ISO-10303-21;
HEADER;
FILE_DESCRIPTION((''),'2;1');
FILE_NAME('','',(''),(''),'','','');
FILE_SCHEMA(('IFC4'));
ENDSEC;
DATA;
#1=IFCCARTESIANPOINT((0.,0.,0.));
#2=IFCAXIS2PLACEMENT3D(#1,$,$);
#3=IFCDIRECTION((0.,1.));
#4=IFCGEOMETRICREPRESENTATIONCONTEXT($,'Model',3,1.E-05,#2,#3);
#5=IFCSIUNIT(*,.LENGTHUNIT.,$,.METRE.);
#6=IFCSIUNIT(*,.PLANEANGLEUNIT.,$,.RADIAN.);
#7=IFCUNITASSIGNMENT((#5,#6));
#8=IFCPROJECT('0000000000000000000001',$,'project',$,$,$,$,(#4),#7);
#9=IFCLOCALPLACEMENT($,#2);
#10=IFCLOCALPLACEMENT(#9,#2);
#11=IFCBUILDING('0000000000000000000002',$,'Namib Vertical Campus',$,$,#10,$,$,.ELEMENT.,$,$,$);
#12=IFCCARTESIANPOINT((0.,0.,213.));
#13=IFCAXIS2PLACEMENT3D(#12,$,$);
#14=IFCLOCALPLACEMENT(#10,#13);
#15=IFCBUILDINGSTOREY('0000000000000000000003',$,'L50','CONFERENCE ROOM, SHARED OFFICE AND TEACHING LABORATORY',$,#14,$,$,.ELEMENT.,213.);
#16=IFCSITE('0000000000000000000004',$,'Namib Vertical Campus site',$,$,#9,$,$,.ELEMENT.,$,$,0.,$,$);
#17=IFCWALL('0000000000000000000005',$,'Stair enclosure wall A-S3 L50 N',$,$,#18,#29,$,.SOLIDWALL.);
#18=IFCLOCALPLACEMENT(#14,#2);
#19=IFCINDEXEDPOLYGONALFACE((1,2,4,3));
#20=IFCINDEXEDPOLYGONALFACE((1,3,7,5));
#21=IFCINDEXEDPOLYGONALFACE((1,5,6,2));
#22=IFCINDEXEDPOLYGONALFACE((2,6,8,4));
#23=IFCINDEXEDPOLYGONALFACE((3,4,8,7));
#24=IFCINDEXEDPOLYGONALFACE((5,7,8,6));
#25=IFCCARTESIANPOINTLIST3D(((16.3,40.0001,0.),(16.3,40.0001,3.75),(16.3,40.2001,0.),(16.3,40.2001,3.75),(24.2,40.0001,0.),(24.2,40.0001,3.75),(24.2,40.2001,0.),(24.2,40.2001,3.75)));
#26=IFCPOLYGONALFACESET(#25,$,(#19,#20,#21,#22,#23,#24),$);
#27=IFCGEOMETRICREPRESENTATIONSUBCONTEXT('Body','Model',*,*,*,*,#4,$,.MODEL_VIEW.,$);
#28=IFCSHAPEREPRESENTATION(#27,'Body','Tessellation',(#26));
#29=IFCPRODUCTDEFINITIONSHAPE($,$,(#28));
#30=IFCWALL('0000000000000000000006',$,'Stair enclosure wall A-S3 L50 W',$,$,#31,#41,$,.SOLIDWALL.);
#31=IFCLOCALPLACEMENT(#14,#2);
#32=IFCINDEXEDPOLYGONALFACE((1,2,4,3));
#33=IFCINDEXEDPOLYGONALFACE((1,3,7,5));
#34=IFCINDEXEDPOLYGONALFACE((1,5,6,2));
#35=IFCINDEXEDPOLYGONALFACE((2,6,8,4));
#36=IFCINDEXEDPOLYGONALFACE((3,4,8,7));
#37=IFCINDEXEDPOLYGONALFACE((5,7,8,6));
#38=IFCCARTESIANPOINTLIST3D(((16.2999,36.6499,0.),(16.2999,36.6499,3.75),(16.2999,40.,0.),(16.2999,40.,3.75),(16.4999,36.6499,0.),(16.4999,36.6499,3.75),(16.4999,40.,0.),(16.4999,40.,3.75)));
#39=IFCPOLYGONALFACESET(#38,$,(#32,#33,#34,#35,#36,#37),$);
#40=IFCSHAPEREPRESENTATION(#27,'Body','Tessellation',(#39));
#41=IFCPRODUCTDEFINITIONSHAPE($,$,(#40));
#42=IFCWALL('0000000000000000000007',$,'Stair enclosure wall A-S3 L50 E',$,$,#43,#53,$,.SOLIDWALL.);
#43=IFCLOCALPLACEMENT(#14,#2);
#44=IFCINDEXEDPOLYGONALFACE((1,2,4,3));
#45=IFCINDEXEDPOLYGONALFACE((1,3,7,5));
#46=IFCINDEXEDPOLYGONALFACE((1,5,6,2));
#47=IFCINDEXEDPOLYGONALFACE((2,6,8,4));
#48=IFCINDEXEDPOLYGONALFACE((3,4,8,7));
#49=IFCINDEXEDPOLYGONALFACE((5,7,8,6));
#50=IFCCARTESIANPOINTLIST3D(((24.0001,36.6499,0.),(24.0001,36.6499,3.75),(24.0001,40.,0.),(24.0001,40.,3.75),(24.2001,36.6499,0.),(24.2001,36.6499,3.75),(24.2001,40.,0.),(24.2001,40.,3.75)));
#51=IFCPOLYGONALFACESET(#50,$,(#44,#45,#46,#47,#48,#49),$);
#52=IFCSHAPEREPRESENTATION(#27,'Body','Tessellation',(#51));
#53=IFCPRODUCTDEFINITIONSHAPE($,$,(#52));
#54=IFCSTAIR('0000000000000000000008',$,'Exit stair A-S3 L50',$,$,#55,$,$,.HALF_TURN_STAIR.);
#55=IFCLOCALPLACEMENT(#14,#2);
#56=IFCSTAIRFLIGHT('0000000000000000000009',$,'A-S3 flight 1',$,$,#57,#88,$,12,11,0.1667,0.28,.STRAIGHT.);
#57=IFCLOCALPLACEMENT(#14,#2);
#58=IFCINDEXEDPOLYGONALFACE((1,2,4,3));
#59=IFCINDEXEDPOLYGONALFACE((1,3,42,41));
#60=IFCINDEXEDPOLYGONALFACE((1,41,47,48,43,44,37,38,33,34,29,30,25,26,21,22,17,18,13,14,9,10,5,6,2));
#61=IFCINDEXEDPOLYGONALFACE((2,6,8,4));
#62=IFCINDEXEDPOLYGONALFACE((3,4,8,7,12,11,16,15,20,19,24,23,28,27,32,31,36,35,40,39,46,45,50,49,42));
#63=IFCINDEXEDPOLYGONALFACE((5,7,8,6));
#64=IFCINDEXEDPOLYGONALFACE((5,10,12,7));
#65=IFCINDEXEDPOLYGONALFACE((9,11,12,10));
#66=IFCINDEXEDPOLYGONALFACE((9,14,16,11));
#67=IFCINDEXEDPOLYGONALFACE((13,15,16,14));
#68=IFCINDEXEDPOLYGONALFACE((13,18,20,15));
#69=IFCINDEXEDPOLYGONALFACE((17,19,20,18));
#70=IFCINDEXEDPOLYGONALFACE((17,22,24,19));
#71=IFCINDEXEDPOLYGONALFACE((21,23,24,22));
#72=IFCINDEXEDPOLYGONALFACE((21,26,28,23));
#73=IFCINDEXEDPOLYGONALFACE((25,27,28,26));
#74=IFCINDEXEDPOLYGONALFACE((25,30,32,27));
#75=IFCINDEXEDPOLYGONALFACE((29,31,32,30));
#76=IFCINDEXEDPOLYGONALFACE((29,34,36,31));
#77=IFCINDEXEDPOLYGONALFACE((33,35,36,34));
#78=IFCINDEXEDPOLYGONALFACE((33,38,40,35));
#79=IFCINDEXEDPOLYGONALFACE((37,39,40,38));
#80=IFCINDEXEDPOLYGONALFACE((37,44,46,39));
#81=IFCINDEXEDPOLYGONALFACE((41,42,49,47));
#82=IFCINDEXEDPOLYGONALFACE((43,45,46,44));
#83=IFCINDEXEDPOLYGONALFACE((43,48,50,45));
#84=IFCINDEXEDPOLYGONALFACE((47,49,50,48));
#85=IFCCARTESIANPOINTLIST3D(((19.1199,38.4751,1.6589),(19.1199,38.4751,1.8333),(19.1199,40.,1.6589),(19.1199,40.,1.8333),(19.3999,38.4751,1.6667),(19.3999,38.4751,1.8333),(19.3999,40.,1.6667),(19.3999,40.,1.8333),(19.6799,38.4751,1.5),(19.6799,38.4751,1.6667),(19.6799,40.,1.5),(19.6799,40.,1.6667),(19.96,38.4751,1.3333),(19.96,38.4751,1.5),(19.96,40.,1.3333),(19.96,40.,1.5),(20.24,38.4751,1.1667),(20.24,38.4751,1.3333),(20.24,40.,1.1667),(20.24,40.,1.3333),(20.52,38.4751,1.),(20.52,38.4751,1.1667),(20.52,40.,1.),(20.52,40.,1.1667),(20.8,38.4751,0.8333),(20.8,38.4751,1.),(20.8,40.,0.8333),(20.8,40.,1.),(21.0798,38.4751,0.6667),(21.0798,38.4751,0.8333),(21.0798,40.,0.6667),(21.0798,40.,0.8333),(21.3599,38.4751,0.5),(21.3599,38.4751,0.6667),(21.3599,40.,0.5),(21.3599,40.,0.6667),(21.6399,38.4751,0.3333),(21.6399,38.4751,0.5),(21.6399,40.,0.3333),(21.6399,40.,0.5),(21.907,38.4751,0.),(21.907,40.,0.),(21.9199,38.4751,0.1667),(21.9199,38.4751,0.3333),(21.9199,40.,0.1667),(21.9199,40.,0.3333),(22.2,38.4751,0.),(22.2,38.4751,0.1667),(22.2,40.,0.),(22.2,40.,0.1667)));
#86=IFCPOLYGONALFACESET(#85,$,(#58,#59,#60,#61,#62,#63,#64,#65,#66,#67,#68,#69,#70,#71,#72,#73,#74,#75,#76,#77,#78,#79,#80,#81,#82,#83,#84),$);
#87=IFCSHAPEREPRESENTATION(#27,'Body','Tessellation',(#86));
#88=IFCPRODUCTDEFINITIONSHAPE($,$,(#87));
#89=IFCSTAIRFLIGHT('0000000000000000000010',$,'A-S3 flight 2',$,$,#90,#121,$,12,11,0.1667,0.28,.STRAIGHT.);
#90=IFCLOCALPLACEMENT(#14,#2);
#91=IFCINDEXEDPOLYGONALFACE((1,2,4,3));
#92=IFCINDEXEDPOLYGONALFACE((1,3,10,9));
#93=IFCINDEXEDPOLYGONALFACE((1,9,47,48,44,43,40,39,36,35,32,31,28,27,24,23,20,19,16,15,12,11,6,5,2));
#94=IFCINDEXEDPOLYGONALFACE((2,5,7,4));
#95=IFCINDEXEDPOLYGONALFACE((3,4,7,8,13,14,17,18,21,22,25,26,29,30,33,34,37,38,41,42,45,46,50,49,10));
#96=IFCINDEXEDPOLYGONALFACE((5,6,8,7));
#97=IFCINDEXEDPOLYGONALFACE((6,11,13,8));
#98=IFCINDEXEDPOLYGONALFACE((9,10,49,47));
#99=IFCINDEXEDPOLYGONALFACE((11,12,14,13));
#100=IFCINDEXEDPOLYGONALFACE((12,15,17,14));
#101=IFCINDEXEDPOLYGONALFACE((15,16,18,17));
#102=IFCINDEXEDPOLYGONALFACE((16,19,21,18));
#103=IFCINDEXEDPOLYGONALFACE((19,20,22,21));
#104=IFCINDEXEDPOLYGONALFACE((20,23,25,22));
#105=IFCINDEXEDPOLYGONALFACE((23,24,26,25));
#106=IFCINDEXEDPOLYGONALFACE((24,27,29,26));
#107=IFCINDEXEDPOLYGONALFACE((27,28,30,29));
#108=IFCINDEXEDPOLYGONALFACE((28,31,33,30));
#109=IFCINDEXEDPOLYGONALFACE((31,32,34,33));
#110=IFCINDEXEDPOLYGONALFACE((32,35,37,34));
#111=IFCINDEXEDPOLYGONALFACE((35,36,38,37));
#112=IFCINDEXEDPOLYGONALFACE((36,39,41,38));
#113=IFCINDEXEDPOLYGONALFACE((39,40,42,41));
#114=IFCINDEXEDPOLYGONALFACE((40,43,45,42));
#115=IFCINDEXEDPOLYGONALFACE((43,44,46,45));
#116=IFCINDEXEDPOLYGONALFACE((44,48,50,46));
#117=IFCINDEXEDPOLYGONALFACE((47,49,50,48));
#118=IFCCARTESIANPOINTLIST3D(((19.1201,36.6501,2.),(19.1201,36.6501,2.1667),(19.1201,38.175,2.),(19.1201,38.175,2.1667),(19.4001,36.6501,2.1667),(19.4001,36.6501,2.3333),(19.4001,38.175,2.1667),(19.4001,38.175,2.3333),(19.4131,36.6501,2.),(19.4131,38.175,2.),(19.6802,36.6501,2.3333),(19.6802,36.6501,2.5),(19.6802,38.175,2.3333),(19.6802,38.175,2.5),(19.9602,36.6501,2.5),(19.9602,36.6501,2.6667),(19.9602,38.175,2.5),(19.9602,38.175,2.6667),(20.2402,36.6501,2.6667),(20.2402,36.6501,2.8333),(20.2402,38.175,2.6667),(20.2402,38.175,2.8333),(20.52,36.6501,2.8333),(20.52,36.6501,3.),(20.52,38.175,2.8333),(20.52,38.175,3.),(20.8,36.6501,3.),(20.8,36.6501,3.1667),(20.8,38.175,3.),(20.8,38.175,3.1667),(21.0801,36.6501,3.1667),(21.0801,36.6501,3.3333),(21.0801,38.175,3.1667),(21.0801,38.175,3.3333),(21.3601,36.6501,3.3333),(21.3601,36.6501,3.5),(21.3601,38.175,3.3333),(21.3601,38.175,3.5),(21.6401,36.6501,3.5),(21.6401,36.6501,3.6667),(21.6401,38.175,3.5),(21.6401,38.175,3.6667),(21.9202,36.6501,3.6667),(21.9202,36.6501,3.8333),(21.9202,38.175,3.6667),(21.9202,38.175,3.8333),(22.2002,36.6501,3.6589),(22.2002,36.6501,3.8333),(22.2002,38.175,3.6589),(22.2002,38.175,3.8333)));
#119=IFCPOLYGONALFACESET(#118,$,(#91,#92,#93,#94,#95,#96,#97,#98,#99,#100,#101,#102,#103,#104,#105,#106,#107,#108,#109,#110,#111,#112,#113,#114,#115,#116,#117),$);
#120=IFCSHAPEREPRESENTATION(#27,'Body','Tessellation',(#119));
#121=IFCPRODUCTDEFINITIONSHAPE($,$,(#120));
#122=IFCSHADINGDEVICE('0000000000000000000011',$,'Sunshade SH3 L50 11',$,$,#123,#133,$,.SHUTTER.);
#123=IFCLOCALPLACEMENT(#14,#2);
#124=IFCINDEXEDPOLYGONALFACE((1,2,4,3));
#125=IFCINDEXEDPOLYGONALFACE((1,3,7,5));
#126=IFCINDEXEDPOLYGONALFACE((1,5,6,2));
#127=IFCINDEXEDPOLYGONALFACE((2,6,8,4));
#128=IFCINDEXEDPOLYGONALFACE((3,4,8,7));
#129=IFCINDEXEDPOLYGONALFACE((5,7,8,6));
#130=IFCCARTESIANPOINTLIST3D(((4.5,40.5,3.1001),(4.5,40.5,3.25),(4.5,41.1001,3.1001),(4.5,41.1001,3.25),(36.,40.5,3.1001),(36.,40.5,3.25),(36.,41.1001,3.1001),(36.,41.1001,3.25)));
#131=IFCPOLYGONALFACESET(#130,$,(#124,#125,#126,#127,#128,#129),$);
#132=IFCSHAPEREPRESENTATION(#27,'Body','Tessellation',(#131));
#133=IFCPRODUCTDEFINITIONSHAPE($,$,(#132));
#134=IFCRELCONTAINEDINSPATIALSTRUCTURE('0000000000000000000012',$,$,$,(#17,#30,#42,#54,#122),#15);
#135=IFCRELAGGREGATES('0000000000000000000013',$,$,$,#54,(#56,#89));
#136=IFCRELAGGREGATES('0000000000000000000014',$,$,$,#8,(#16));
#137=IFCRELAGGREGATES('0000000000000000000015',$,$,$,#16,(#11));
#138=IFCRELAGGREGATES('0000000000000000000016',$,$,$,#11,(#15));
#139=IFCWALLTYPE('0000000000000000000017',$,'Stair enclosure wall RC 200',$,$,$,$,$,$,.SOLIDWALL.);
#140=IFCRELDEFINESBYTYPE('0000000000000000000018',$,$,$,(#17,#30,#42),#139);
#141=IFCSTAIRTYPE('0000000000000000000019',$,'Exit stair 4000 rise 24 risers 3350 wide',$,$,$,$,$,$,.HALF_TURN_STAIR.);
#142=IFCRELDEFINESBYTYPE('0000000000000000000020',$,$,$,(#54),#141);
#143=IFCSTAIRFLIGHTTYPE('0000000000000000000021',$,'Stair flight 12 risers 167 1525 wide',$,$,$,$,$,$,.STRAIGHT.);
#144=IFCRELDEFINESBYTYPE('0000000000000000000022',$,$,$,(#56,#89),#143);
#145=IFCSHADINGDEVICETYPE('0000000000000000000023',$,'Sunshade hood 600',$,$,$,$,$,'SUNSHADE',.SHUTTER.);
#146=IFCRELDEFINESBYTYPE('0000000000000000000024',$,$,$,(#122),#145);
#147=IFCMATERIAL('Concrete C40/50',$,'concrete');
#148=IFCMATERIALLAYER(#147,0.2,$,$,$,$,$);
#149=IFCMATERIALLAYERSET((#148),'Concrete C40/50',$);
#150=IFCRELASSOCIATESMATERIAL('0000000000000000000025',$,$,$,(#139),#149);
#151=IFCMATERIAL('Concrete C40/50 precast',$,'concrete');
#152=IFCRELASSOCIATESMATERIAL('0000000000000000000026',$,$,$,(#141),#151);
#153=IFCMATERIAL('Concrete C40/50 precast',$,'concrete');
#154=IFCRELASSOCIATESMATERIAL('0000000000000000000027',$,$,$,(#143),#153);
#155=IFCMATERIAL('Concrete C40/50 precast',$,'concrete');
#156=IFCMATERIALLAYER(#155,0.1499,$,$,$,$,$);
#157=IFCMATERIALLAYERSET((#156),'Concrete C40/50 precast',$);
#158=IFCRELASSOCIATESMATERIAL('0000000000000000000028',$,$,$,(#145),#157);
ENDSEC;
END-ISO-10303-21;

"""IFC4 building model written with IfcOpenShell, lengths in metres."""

from ifc_helpers import new_model, si_unit, direction, frame, frame_2d, origin, origin_2d, place, context, subcontext, project, spatial, polyline, rectangle, outline, extrude, material, layer, layer_set, type_object, element, aggregate, save


model = new_model("IFC4")

# Units and contexts
model_context = context("Model", 3, precision=1e-05, world=origin(), true_north=direction((0.0, 1.0)))
body_context = subcontext(model_context, "Body", "Model", "MODEL_VIEW")
ifc_project = project(units=[si_unit("LENGTHUNIT", "METRE"), si_unit("PLANEANGLEUNIT", "RADIAN")], contexts=[model_context])

# Site, building, storey
site_placement = place(None, origin())
site = spatial("IfcSite", under=ifc_project, at=site_placement, Name="Namib Vertical Campus site", CompositionType="ELEMENT", RefElevation=0.0)
building_placement = place(site_placement, origin())
building = spatial("IfcBuilding", under=site, at=building_placement, Name="Namib Vertical Campus", CompositionType="ELEMENT")
storey_placement = place(building_placement, frame((0.0, 0.0, 213.0)))
storey = spatial("IfcBuildingStorey", under=building, at=storey_placement, Name="L50", Description="CONFERENCE ROOM, SHARED OFFICE AND TEACHING LABORATORY", CompositionType="ELEMENT", Elevation=213.0)

# Shared definitions
ifc_material_1 = material(Name="Concrete C40/50", Category="concrete")
ifc_layer_1 = layer(ifc_material_1, 0.2)
ifc_layer_set_1 = layer_set([ifc_layer_1], Name="Concrete C40/50")
wall_type = type_object("IfcWallType", Name="Stair enclosure wall RC 200", PredefinedType="SOLIDWALL", material=ifc_layer_set_1)

# Walls
wall_1_placement = place(storey_placement, frame((16.3, 40.1001, 0.0), z_axis=(0.0, 0.0, 1.0), x_axis=(1.0, 0.0, 0.0)))
element("IfcWall", 1, at=wall_1_placement, inside=storey, type_object=wall_type, Name="Stair enclosure wall A-S3 L50 N", PredefinedType="SOLIDWALL", context=body_context, shape_type="SweptSolid", body=[
    extrude(rectangle(XDim=7.8999, YDim=0.2, at=frame_2d((3.95, 0.0))), origin(), (0.0, 0.0, 1.0), 3.75),
])
for number, where, z_axis, x_axis, name in (
    (2, (16.3999, 36.6499, 0.0), (0.0, 0.0, 1.0), (0.0, 1.0, 0.0), "Stair enclosure wall A-S3 L50 W"),
    (3, (24.1001, 36.6499, 0.0), (0.0, 0.0, 1.0), (0.0, 1.0, 0.0), "Stair enclosure wall A-S3 L50 E"),
):
    element("IfcWall", number, at=place(storey_placement, frame(where, z_axis=z_axis, x_axis=x_axis)), inside=storey, type_object=wall_type, Name=name, PredefinedType="SOLIDWALL", context=body_context, shape_type="SweptSolid", body=[
        extrude(rectangle(XDim=3.3501, YDim=0.2, at=frame_2d((1.675, 0.0))), origin(), (0.0, 0.0, 1.0), 3.75),
    ])

# Stair, stair flights
ifc_material_2 = material(Name="Concrete C40/50 precast", Category="concrete")
stair_type = type_object("IfcStairType", Name="Exit stair 4000 rise 24 risers 3350 wide", PredefinedType="HALF_TURN_STAIR", material=ifc_material_2)
stair_placement = place(storey_placement, origin())
stair = element("IfcStair", 4, at=stair_placement, inside=storey, type_object=stair_type, Name="Exit stair A-S3 L50", PredefinedType="HALF_TURN_STAIR")
ifc_material_3 = material(Name="Concrete C40/50 precast", Category="concrete")
stair_flight_type = type_object("IfcStairFlightType", Name="Stair flight 12 risers 167 1525 wide", PredefinedType="STRAIGHT", material=ifc_material_3)
stair_flight_1_placement = place(storey_placement, frame((22.2, 39.2375, 0.0), z_axis=(0.0, 0.0, 1.0), x_axis=(-1.0, 0.0, 0.0)))
stair_flight_1 = element("IfcStairFlight", 5, at=stair_flight_1_placement, type_object=stair_flight_type, Name="A-S3 flight 1", NumberOfRisers=12, NumberOfTreads=11, PredefinedType="STRAIGHT", RiserHeight=0.1667, TreadLength=0.28, context=body_context, shape_type="SweptSolid", body=[
    extrude(outline(polyline([(0.0, 0.0), (0.0, 0.1667), (0.28, 0.1667), (0.28, 0.3333), (0.5601, 0.3333), (0.5601, 0.5), (0.8401, 0.5), (0.8401, 0.6667), (1.1201, 0.6667), (1.1201, 0.8333), (1.3999, 0.8333), (1.3999, 1.0), (1.6799, 1.0), (1.6799, 1.1667), (1.96, 1.1667), (1.96, 1.3333), (2.24, 1.3333), (2.24, 1.5), (2.52, 1.5), (2.52, 1.6667), (2.8, 1.6667), (2.8, 1.8333), (3.0801, 1.8333), (3.0801, 2.0), (3.0801, 1.6589), (0.293, 0.0), (0.0, 0.0)])), frame((0.0, 0.7625, 0.0), z_axis=(0.0, -1.0, 0.0), x_axis=(1.0, 0.0, 0.0)), (0.0, 0.0, 1.0), 1.5249),
])
stair_flight_2_placement = place(storey_placement, frame((19.1201, 37.4126, 2.0), z_axis=(0.0, 0.0, 1.0), x_axis=(1.0, 0.0, 0.0)))
stair_flight_2 = element("IfcStairFlight", 6, at=stair_flight_2_placement, type_object=stair_flight_type, Name="A-S3 flight 2", NumberOfRisers=12, NumberOfTreads=11, PredefinedType="STRAIGHT", RiserHeight=0.1667, TreadLength=0.28, context=body_context, shape_type="SweptSolid", body=[
    extrude(outline(polyline([(0.0, 0.0), (0.0, 0.1667), (0.28, 0.1667), (0.28, 0.3333), (0.5601, 0.3333), (0.5601, 0.5), (0.8401, 0.5), (0.8401, 0.6667), (1.1201, 0.6667), (1.1201, 0.8333), (1.3999, 0.8333), (1.3999, 1.0), (1.6799, 1.0), (1.6799, 1.1667), (1.96, 1.1667), (1.96, 1.3333), (2.24, 1.3333), (2.24, 1.5), (2.52, 1.5), (2.52, 1.6667), (2.8, 1.6667), (2.8, 1.8333), (3.0801, 1.8333), (3.0801, 2.0), (3.0801, 1.6589), (0.293, 0.0), (0.0, 0.0)])), frame((0.0, 0.7625, 0.0), z_axis=(0.0, -1.0, 0.0), x_axis=(1.0, 0.0, 0.0)), (0.0, 0.0, 1.0), 1.5249),
])
aggregate(stair, [stair_flight_1, stair_flight_2])

# Shading device
ifc_material_4 = material(Name="Concrete C40/50 precast", Category="concrete")
ifc_layer_2 = layer(ifc_material_4, 0.1499)
ifc_layer_set_2 = layer_set([ifc_layer_2], Name="Concrete C40/50 precast")
shading_device_type = type_object("IfcShadingDeviceType", Name="Sunshade hood 600", ElementType="SUNSHADE", PredefinedType="SHUTTER", material=ifc_layer_set_2)
shading_device_placement = place(storey_placement, frame((20.25, 40.8, 3.1001), z_axis=(0.0, 0.0, 1.0), x_axis=(-1.0, 0.0, 0.0)))
element("IfcShadingDevice", 7, at=shading_device_placement, inside=storey, type_object=shading_device_type, Name="Sunshade SH3 L50 11", PredefinedType="SHUTTER", context=body_context, shape_type="SweptSolid", body=[
    extrude(rectangle(XDim=31.5, YDim=0.6001, at=origin_2d()), origin(), (0.0, 0.0, 1.0), 0.1499),
])

save(model, "model.ifc")
